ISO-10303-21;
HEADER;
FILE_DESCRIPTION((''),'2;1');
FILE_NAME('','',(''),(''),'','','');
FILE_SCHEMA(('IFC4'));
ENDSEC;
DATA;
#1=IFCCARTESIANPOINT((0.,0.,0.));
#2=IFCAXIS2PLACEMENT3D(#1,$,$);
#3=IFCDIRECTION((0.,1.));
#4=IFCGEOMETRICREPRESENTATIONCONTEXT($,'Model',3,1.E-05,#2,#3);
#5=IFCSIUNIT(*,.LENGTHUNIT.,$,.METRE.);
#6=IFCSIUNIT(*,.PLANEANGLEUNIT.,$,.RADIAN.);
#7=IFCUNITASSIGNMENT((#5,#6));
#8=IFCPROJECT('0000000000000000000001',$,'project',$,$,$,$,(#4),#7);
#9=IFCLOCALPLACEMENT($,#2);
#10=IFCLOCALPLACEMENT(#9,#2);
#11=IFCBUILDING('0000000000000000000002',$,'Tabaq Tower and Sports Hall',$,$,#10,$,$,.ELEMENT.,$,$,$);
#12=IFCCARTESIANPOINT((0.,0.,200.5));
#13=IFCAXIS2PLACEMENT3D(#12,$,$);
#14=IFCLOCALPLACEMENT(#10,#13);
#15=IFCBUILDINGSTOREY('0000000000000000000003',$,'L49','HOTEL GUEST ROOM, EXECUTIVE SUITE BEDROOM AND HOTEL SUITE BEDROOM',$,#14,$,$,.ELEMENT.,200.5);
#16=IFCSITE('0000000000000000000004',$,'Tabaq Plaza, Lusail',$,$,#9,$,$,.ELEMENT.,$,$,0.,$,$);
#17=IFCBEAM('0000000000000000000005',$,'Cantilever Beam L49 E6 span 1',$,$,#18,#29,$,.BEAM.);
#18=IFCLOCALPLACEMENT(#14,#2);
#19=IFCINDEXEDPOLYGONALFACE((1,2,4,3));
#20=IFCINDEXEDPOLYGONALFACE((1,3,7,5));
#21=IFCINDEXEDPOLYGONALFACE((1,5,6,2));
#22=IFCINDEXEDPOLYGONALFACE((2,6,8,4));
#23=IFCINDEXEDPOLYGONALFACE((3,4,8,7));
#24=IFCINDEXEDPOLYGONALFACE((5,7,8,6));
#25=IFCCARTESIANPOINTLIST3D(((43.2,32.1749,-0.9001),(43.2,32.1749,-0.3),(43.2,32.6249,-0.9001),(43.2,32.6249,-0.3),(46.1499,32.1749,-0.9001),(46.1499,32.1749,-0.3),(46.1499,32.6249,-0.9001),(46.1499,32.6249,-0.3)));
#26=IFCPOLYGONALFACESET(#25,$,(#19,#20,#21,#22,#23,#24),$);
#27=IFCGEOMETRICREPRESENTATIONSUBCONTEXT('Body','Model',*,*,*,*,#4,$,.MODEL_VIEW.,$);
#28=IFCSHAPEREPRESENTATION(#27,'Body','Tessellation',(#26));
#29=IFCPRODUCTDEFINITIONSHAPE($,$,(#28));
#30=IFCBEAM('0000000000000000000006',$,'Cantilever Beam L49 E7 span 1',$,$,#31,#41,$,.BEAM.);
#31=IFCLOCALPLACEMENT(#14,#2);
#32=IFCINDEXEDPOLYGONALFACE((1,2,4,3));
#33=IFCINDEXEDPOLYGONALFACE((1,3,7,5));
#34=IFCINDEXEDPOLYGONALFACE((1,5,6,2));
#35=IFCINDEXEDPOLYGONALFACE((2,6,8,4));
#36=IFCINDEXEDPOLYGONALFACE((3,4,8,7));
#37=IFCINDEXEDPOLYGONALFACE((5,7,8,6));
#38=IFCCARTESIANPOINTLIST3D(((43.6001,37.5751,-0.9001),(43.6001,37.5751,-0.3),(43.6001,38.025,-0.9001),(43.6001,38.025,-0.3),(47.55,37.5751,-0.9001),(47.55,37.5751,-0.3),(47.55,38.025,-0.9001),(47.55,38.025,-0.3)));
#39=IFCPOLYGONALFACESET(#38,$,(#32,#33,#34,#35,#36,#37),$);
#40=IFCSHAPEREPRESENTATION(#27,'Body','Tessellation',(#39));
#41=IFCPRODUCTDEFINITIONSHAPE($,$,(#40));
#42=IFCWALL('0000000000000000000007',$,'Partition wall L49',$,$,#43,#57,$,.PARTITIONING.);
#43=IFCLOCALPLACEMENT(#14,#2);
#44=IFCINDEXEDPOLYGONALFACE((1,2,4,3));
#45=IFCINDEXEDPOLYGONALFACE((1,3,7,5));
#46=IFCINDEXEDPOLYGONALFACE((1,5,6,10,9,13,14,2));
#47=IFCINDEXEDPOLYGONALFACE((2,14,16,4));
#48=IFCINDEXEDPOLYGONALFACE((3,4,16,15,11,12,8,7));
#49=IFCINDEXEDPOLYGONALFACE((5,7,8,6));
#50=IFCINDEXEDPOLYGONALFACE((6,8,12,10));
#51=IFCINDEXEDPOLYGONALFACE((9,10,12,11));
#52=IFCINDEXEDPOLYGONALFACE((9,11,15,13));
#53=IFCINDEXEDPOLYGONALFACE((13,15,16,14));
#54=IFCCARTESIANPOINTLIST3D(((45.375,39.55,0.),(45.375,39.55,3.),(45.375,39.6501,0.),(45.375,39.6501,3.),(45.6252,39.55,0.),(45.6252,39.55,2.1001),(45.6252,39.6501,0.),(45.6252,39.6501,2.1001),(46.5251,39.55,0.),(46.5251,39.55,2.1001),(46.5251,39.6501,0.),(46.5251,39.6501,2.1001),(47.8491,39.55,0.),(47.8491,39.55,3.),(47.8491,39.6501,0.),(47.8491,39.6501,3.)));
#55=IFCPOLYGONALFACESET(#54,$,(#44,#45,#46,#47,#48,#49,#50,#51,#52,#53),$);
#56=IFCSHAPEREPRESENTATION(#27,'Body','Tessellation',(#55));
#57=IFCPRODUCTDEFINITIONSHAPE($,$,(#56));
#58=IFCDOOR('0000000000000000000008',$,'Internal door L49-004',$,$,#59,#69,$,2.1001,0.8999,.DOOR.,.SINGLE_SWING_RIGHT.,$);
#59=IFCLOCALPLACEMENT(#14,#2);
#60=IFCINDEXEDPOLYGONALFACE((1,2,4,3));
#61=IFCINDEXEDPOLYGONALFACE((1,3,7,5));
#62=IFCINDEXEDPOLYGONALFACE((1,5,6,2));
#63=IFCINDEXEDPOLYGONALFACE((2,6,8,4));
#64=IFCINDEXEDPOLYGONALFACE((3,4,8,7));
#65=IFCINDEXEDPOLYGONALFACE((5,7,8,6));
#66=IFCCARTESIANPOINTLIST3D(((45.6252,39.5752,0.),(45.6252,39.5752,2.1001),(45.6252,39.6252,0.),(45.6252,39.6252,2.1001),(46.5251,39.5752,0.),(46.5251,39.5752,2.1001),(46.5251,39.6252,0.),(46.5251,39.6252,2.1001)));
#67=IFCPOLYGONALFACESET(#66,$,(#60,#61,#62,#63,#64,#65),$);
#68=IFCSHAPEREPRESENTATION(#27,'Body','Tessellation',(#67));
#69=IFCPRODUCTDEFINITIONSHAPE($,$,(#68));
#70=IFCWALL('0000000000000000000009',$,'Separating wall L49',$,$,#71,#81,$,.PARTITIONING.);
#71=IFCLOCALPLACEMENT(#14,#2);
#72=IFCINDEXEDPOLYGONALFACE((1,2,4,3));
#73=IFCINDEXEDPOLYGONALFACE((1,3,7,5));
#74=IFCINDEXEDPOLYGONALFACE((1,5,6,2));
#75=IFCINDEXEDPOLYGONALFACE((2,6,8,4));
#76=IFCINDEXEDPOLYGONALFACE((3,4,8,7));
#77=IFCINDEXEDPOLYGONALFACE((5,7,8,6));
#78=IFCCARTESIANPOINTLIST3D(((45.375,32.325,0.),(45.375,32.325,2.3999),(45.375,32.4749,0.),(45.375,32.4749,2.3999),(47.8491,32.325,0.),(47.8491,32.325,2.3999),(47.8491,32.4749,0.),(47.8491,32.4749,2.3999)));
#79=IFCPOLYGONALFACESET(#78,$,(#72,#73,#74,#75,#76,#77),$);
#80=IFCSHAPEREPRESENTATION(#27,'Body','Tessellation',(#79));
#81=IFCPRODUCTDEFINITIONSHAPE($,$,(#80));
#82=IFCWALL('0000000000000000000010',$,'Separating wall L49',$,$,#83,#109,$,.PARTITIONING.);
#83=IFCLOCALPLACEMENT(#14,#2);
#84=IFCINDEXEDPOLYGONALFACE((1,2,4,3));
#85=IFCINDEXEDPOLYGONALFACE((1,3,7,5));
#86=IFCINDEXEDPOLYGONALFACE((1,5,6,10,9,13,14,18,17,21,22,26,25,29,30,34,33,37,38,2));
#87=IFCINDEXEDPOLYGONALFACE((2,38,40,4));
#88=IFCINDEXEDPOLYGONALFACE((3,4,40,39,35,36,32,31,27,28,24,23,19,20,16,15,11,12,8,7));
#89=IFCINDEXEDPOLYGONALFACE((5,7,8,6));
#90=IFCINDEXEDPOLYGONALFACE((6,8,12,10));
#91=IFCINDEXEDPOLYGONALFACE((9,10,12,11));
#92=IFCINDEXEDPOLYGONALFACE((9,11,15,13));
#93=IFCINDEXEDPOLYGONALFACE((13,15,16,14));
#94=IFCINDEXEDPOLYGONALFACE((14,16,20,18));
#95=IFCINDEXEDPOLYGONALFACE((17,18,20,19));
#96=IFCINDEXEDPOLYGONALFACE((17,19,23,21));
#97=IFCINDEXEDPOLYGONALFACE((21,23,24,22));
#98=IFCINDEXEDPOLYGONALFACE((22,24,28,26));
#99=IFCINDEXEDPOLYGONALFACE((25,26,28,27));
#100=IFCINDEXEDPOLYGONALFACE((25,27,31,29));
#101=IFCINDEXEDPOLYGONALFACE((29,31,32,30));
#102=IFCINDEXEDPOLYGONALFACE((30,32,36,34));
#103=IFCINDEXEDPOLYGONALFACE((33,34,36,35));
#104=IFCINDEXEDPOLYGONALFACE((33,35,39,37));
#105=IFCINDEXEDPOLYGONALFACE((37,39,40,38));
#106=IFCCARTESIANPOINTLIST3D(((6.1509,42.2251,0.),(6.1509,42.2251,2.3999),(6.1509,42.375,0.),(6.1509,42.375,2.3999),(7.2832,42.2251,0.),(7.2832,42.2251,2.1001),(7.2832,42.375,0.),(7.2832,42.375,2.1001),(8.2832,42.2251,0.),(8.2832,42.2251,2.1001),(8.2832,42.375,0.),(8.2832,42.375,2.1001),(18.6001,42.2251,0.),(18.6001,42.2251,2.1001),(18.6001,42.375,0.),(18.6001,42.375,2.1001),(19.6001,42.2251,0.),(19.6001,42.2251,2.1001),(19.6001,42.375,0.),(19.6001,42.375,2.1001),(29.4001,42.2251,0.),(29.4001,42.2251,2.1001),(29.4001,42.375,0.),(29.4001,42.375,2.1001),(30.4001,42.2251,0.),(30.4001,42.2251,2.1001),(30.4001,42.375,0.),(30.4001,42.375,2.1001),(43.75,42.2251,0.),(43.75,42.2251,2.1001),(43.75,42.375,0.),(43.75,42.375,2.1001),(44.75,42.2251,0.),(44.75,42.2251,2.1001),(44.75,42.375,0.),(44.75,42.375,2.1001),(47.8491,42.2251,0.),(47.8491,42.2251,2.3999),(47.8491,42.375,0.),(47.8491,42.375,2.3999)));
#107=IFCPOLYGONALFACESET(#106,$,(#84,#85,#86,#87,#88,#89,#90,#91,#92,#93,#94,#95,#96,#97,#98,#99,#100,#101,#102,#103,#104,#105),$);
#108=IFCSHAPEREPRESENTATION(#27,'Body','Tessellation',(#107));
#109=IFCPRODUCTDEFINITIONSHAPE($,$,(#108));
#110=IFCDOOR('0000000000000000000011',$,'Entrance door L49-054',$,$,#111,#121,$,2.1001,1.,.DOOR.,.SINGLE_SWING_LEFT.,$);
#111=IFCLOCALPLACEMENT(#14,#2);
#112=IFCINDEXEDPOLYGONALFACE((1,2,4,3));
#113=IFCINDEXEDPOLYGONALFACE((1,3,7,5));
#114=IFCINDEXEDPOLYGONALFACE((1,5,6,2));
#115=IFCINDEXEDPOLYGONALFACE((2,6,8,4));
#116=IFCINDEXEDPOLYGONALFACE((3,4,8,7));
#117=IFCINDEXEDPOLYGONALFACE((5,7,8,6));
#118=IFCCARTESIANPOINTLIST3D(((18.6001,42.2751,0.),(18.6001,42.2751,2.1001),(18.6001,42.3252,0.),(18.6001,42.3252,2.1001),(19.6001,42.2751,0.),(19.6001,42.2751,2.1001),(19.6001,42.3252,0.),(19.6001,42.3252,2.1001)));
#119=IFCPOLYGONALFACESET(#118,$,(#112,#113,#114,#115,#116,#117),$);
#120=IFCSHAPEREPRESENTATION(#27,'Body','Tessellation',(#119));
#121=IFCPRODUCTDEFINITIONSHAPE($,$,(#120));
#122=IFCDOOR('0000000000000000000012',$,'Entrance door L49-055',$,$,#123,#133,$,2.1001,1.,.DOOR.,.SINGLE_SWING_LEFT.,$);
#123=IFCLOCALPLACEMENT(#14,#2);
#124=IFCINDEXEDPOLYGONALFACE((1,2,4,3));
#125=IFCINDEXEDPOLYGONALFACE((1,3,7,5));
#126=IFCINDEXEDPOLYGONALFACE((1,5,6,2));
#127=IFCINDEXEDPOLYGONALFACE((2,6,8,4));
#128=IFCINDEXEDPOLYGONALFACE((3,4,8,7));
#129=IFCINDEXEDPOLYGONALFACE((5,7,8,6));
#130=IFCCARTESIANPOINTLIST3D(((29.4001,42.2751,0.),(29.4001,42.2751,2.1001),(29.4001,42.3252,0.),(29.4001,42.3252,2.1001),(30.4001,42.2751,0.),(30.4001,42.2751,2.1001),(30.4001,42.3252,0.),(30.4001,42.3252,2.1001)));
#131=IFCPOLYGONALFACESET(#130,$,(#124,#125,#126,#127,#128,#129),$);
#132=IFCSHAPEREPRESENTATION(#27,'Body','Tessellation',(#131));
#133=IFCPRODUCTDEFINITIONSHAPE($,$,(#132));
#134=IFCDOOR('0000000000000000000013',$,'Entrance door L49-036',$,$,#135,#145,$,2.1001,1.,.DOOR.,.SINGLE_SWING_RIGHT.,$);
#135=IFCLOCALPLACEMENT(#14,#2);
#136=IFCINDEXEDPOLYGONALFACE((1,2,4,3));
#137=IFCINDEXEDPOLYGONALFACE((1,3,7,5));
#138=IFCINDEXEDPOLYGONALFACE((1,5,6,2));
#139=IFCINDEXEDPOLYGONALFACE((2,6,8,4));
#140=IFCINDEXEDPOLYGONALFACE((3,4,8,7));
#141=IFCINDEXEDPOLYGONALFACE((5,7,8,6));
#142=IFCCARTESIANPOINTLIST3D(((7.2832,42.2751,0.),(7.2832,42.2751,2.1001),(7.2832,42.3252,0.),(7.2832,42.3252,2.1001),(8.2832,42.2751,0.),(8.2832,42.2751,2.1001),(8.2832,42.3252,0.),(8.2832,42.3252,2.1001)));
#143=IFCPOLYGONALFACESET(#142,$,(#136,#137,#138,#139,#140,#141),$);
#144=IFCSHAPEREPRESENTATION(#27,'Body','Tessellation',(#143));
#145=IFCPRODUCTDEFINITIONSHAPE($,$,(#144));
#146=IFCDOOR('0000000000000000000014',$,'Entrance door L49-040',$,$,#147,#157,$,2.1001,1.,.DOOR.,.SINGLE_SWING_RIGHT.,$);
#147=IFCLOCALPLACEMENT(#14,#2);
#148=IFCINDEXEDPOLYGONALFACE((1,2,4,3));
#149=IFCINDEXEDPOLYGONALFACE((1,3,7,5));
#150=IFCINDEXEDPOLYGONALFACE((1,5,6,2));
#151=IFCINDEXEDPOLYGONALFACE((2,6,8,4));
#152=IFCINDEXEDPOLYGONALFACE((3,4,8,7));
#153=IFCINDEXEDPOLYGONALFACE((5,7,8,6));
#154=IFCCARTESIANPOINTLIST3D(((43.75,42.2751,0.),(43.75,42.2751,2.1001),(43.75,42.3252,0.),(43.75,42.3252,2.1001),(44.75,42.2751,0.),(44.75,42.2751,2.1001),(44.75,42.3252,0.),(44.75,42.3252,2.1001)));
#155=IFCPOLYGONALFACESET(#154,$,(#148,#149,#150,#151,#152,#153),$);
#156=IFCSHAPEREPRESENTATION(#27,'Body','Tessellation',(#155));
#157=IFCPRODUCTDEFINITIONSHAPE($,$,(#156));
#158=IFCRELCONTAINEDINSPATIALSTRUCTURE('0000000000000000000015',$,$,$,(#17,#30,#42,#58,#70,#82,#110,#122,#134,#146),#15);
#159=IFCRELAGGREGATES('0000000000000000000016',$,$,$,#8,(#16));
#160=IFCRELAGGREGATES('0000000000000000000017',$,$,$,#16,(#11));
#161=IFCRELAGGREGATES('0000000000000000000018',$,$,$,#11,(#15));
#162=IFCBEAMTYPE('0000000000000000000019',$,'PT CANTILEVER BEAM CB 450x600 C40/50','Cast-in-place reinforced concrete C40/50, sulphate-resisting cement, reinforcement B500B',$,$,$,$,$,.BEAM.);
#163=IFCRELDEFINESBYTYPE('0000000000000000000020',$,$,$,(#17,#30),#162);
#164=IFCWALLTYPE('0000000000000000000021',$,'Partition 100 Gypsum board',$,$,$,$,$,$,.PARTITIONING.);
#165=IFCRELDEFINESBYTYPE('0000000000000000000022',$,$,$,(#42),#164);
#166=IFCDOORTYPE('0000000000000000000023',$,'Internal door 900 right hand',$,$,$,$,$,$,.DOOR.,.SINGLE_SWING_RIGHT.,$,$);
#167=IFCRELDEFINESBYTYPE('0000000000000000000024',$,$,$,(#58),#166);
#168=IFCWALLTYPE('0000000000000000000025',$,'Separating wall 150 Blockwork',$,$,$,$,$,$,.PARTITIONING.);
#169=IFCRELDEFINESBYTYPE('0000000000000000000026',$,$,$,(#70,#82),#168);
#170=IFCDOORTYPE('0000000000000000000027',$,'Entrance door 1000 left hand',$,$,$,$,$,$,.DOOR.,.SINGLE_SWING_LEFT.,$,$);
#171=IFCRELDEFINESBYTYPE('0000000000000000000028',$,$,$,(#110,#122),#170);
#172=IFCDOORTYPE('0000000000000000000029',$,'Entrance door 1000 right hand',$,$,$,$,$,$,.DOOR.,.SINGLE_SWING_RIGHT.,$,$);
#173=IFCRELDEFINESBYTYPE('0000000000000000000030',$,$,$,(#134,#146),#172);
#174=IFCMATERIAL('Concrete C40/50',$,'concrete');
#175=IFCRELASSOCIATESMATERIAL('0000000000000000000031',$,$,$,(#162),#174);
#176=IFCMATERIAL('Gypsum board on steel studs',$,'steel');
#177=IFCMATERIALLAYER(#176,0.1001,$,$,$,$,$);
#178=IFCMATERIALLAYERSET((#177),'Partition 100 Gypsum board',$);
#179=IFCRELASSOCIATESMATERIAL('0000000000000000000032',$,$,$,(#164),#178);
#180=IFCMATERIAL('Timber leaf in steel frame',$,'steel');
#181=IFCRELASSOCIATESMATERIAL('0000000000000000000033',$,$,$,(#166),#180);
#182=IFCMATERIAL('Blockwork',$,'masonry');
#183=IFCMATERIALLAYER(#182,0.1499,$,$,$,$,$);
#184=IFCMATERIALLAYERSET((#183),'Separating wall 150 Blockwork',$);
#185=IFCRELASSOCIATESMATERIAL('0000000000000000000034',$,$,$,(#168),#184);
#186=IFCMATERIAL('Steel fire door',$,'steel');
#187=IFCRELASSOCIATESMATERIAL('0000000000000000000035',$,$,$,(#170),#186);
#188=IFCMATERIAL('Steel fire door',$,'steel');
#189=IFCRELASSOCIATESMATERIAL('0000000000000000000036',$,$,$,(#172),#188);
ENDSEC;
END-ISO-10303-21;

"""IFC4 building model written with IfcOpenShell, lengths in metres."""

from ifc_helpers import new_model, si_unit, direction, frame, frame_2d, origin, origin_2d, place, context, subcontext, project, spatial, rectangle, extrude, material, layer, layer_set, material_profile, profile_set, type_object, element, fill, save


model = new_model("IFC4")

# Units and contexts
model_context = context("Model", 3, precision=1e-05, world=origin(), true_north=direction((0.0, 1.0)))
body_context = subcontext(model_context, "Body", "Model", "MODEL_VIEW")
ifc_project = project(units=[si_unit("LENGTHUNIT", "METRE"), si_unit("PLANEANGLEUNIT", "RADIAN")], contexts=[model_context])

# Site, building, storey
site_placement = place(None, origin())
site = spatial("IfcSite", under=ifc_project, at=site_placement, Name="Tabaq Plaza, Lusail", CompositionType="ELEMENT", RefElevation=0.0)
building_placement = place(site_placement, origin())
building = spatial("IfcBuilding", under=site, at=building_placement, Name="Tabaq Tower and Sports Hall", CompositionType="ELEMENT")
storey_placement = place(building_placement, frame((0.0, 0.0, 200.5)))
storey = spatial("IfcBuildingStorey", under=building, at=storey_placement, Name="L49", Description="HOTEL GUEST ROOM, EXECUTIVE SUITE BEDROOM AND HOTEL SUITE BEDROOM", CompositionType="ELEMENT", Elevation=200.5)

# Beams
ifc_material_1 = material(Name="Concrete C40/50", Category="concrete")
ifc_material_profile = material_profile(ifc_material_1, rectangle(XDim=0.45, YDim=0.6001, at=origin_2d()), Name="CB 450x600")
ifc_profile_set = profile_set([ifc_material_profile], Name="Concrete C40/50")
beam_type = type_object("IfcBeamType", Name="PT CANTILEVER BEAM CB 450x600 C40/50", Description="Cast-in-place reinforced concrete C40/50, sulphate-resisting cement, reinforcement B500B", PredefinedType="BEAM", material=ifc_profile_set)
beam_1_placement = place(storey_placement, frame((46.1499, 32.3999, -0.6001), z_axis=(-1.0, 0.0, 0.0), x_axis=(0.0, -1.0, 0.0)))
element("IfcBeam", 1, at=beam_1_placement, inside=storey, type_object=beam_type, Name="Cantilever Beam L49 E6 span 1", PredefinedType="BEAM", context=body_context, shape_type="SweptSolid", body=[
    extrude(rectangle(XDim=0.45, YDim=0.6001, at=origin_2d()), origin(), (0.0, 0.0, 1.0), 2.95),
])
beam_2_placement = place(storey_placement, frame((47.55, 37.8, -0.6001), z_axis=(-1.0, 0.0, 0.0), x_axis=(0.0, -1.0, 0.0)))
element("IfcBeam", 2, at=beam_2_placement, inside=storey, type_object=beam_type, Name="Cantilever Beam L49 E7 span 1", PredefinedType="BEAM", context=body_context, shape_type="SweptSolid", body=[
    extrude(rectangle(XDim=0.45, YDim=0.6001, at=origin_2d()), origin(), (0.0, 0.0, 1.0), 3.95),
])

# Wall, opening, door
ifc_material_2 = material(Name="Gypsum board on steel studs", Category="steel")
ifc_layer_1 = layer(ifc_material_2, 0.1001)
ifc_layer_set_1 = layer_set([ifc_layer_1], Name="Partition 100 Gypsum board")
wall_type_1 = type_object("IfcWallType", Name="Partition 100 Gypsum board", PredefinedType="PARTITIONING", material=ifc_layer_set_1)
wall_1_placement = place(storey_placement, frame((47.8491, 39.6001, 0.0), z_axis=(0.0, 0.0, 1.0), x_axis=(-1.0, 0.0, 0.0)))
wall_1 = element("IfcWall", 3, at=wall_1_placement, inside=storey, type_object=wall_type_1, Name="Partition wall L49", PredefinedType="PARTITIONING", context=body_context, shape_type="SweptSolid", body=[
    extrude(rectangle(XDim=2.4741, YDim=0.1001, at=frame_2d((1.2371, 0.0))), origin(), (0.0, 0.0, 1.0), 3.0),
])
opening_1_placement = place(wall_1_placement, frame((1.324, 0.0, 0.0)))
opening_1 = element("IfcOpeningElement", 4, at=opening_1_placement, cuts=wall_1, PredefinedType="OPENING", context=body_context, shape_type="SweptSolid", body=[
    extrude(rectangle(XDim=0.8999, YDim=2.1001, at=frame_2d((0.45, 1.05))), frame((0.0, 0.05, 0.0), z_axis=(0.0, -1.0, 0.0), x_axis=(1.0, 0.0, 0.0)), (0.0, 0.0, 1.0), 0.1001),
])
ifc_material_3 = material(Name="Timber leaf in steel frame", Category="steel")
door_type_1 = type_object("IfcDoorType", Name="Internal door 900 right hand", OperationType="SINGLE_SWING_RIGHT", PredefinedType="DOOR", material=ifc_material_3)
door_1_placement = place(opening_1_placement, origin())
door_1 = element("IfcDoor", 5, at=door_1_placement, inside=storey, type_object=door_type_1, Name="Internal door L49-004", OperationType="SINGLE_SWING_RIGHT", OverallHeight=2.1001, OverallWidth=0.8999, PredefinedType="DOOR", context=body_context, shape_type="SweptSolid", body=[
    extrude(rectangle(XDim=0.8999, YDim=2.1001, at=frame_2d((0.45, 1.05))), frame((0.0, 0.0249, 0.0), z_axis=(0.0, -1.0, 0.0), x_axis=(1.0, 0.0, 0.0)), (0.0, 0.0, 1.0), 0.05),
])
fill(opening_1, door_1)

# Wall
ifc_material_4 = material(Name="Blockwork", Category="masonry")
ifc_layer_2 = layer(ifc_material_4, 0.1499)
ifc_layer_set_2 = layer_set([ifc_layer_2], Name="Separating wall 150 Blockwork")
wall_type_2 = type_object("IfcWallType", Name="Separating wall 150 Blockwork", PredefinedType="PARTITIONING", material=ifc_layer_set_2)
wall_2_placement = place(storey_placement, frame((45.375, 32.3999, 0.0), z_axis=(0.0, 0.0, 1.0), x_axis=(1.0, 0.0, 0.0)))
element("IfcWall", 6, at=wall_2_placement, inside=storey, type_object=wall_type_2, Name="Separating wall L49", PredefinedType="PARTITIONING", context=body_context, shape_type="SweptSolid", body=[
    extrude(rectangle(XDim=2.4741, YDim=0.1499, at=frame_2d((1.2371, 0.0))), origin(), (0.0, 0.0, 1.0), 2.3999),
])

# Wall, openings, doors
wall_3_placement = place(storey_placement, frame((47.8491, 42.3, 0.0), z_axis=(0.0, 0.0, 1.0), x_axis=(-1.0, 0.0, 0.0)))
wall_3 = element("IfcWall", 7, at=wall_3_placement, inside=storey, type_object=wall_type_2, Name="Separating wall L49", PredefinedType="PARTITIONING", context=body_context, shape_type="SweptSolid", body=[
    extrude(rectangle(XDim=41.6982, YDim=0.1499, at=frame_2d((20.8491, 0.0))), origin(), (0.0, 0.0, 1.0), 2.3999),
])
opening_2_placement = place(wall_3_placement, frame((39.5659, 0.0, 0.0)))
opening_2 = element("IfcOpeningElement", 8, at=opening_2_placement, cuts=wall_3, PredefinedType="OPENING", context=body_context, shape_type="SweptSolid", body=[
    extrude(rectangle(XDim=1.0, YDim=2.1001, at=frame_2d((0.5, 1.05))), frame((0.0, 0.075, 0.0), z_axis=(0.0, -1.0, 0.0), x_axis=(1.0, 0.0, 0.0)), (0.0, 0.0, 1.0), 0.1499),
])
opening_3_placement = place(wall_3_placement, frame((3.0991, 0.0, 0.0)))
opening_3 = element("IfcOpeningElement", 9, at=opening_3_placement, cuts=wall_3, PredefinedType="OPENING", context=body_context, shape_type="SweptSolid", body=[
    extrude(rectangle(XDim=1.0, YDim=2.1001, at=frame_2d((0.5, 1.05))), frame((0.0, 0.075, 0.0), z_axis=(0.0, -1.0, 0.0), x_axis=(1.0, 0.0, 0.0)), (0.0, 0.0, 1.0), 0.1499),
])
opening_4_placement = place(wall_3_placement, frame((28.249, 0.0, 0.0)))
opening_4 = element("IfcOpeningElement", 10, at=opening_4_placement, cuts=wall_3, PredefinedType="OPENING", context=body_context, shape_type="SweptSolid", body=[
    extrude(rectangle(XDim=1.0, YDim=2.1001, at=frame_2d((0.5, 1.05))), frame((0.0, 0.075, 0.0), z_axis=(0.0, -1.0, 0.0), x_axis=(1.0, 0.0, 0.0)), (0.0, 0.0, 1.0), 0.1499),
])
opening_5_placement = place(wall_3_placement, frame((17.449, 0.0, 0.0)))
opening_5 = element("IfcOpeningElement", 11, at=opening_5_placement, cuts=wall_3, PredefinedType="OPENING", context=body_context, shape_type="SweptSolid", body=[
    extrude(rectangle(XDim=1.0, YDim=2.1001, at=frame_2d((0.5, 1.05))), frame((0.0, 0.075, 0.0), z_axis=(0.0, -1.0, 0.0), x_axis=(1.0, 0.0, 0.0)), (0.0, 0.0, 1.0), 0.1499),
])
ifc_material_5 = material(Name="Steel fire door", Category="steel")
door_type_2 = type_object("IfcDoorType", Name="Entrance door 1000 left hand", OperationType="SINGLE_SWING_LEFT", PredefinedType="DOOR", material=ifc_material_5)
door_2_placement = place(opening_4_placement, origin())
door_2 = element("IfcDoor", 12, at=door_2_placement, inside=storey, type_object=door_type_2, Name="Entrance door L49-054", OperationType="SINGLE_SWING_LEFT", OverallHeight=2.1001, OverallWidth=1.0, PredefinedType="DOOR", context=body_context, shape_type="SweptSolid", body=[
    extrude(rectangle(XDim=1.0, YDim=2.1001, at=frame_2d((0.5, 1.05))), frame((0.0, 0.0249, 0.0), z_axis=(0.0, -1.0, 0.0), x_axis=(1.0, 0.0, 0.0)), (0.0, 0.0, 1.0), 0.05),
])
fill(opening_4, door_2)
door_3_placement = place(opening_5_placement, origin())
door_3 = element("IfcDoor", 13, at=door_3_placement, inside=storey, type_object=door_type_2, Name="Entrance door L49-055", OperationType="SINGLE_SWING_LEFT", OverallHeight=2.1001, OverallWidth=1.0, PredefinedType="DOOR", context=body_context, shape_type="SweptSolid", body=[
    extrude(rectangle(XDim=1.0, YDim=2.1001, at=frame_2d((0.5, 1.05))), frame((0.0, 0.0249, 0.0), z_axis=(0.0, -1.0, 0.0), x_axis=(1.0, 0.0, 0.0)), (0.0, 0.0, 1.0), 0.05),
])
fill(opening_5, door_3)
ifc_material_6 = material(Name="Steel fire door", Category="steel")
door_type_3 = type_object("IfcDoorType", Name="Entrance door 1000 right hand", OperationType="SINGLE_SWING_RIGHT", PredefinedType="DOOR", material=ifc_material_6)
door_4_placement = place(opening_2_placement, origin())
door_4 = element("IfcDoor", 14, at=door_4_placement, inside=storey, type_object=door_type_3, Name="Entrance door L49-036", OperationType="SINGLE_SWING_RIGHT", OverallHeight=2.1001, OverallWidth=1.0, PredefinedType="DOOR", context=body_context, shape_type="SweptSolid", body=[
    extrude(rectangle(XDim=1.0, YDim=2.1001, at=frame_2d((0.5, 1.05))), frame((0.0, 0.0249, 0.0), z_axis=(0.0, -1.0, 0.0), x_axis=(1.0, 0.0, 0.0)), (0.0, 0.0, 1.0), 0.05),
])
fill(opening_2, door_4)
door_5_placement = place(opening_3_placement, origin())
door_5 = element("IfcDoor", 15, at=door_5_placement, inside=storey, type_object=door_type_3, Name="Entrance door L49-040", OperationType="SINGLE_SWING_RIGHT", OverallHeight=2.1001, OverallWidth=1.0, PredefinedType="DOOR", context=body_context, shape_type="SweptSolid", body=[
    extrude(rectangle(XDim=1.0, YDim=2.1001, at=frame_2d((0.5, 1.05))), frame((0.0, 0.0249, 0.0), z_axis=(0.0, -1.0, 0.0), x_axis=(1.0, 0.0, 0.0)), (0.0, 0.0, 1.0), 0.05),
])
fill(opening_3, door_5)

save(model, "model.ifc")
